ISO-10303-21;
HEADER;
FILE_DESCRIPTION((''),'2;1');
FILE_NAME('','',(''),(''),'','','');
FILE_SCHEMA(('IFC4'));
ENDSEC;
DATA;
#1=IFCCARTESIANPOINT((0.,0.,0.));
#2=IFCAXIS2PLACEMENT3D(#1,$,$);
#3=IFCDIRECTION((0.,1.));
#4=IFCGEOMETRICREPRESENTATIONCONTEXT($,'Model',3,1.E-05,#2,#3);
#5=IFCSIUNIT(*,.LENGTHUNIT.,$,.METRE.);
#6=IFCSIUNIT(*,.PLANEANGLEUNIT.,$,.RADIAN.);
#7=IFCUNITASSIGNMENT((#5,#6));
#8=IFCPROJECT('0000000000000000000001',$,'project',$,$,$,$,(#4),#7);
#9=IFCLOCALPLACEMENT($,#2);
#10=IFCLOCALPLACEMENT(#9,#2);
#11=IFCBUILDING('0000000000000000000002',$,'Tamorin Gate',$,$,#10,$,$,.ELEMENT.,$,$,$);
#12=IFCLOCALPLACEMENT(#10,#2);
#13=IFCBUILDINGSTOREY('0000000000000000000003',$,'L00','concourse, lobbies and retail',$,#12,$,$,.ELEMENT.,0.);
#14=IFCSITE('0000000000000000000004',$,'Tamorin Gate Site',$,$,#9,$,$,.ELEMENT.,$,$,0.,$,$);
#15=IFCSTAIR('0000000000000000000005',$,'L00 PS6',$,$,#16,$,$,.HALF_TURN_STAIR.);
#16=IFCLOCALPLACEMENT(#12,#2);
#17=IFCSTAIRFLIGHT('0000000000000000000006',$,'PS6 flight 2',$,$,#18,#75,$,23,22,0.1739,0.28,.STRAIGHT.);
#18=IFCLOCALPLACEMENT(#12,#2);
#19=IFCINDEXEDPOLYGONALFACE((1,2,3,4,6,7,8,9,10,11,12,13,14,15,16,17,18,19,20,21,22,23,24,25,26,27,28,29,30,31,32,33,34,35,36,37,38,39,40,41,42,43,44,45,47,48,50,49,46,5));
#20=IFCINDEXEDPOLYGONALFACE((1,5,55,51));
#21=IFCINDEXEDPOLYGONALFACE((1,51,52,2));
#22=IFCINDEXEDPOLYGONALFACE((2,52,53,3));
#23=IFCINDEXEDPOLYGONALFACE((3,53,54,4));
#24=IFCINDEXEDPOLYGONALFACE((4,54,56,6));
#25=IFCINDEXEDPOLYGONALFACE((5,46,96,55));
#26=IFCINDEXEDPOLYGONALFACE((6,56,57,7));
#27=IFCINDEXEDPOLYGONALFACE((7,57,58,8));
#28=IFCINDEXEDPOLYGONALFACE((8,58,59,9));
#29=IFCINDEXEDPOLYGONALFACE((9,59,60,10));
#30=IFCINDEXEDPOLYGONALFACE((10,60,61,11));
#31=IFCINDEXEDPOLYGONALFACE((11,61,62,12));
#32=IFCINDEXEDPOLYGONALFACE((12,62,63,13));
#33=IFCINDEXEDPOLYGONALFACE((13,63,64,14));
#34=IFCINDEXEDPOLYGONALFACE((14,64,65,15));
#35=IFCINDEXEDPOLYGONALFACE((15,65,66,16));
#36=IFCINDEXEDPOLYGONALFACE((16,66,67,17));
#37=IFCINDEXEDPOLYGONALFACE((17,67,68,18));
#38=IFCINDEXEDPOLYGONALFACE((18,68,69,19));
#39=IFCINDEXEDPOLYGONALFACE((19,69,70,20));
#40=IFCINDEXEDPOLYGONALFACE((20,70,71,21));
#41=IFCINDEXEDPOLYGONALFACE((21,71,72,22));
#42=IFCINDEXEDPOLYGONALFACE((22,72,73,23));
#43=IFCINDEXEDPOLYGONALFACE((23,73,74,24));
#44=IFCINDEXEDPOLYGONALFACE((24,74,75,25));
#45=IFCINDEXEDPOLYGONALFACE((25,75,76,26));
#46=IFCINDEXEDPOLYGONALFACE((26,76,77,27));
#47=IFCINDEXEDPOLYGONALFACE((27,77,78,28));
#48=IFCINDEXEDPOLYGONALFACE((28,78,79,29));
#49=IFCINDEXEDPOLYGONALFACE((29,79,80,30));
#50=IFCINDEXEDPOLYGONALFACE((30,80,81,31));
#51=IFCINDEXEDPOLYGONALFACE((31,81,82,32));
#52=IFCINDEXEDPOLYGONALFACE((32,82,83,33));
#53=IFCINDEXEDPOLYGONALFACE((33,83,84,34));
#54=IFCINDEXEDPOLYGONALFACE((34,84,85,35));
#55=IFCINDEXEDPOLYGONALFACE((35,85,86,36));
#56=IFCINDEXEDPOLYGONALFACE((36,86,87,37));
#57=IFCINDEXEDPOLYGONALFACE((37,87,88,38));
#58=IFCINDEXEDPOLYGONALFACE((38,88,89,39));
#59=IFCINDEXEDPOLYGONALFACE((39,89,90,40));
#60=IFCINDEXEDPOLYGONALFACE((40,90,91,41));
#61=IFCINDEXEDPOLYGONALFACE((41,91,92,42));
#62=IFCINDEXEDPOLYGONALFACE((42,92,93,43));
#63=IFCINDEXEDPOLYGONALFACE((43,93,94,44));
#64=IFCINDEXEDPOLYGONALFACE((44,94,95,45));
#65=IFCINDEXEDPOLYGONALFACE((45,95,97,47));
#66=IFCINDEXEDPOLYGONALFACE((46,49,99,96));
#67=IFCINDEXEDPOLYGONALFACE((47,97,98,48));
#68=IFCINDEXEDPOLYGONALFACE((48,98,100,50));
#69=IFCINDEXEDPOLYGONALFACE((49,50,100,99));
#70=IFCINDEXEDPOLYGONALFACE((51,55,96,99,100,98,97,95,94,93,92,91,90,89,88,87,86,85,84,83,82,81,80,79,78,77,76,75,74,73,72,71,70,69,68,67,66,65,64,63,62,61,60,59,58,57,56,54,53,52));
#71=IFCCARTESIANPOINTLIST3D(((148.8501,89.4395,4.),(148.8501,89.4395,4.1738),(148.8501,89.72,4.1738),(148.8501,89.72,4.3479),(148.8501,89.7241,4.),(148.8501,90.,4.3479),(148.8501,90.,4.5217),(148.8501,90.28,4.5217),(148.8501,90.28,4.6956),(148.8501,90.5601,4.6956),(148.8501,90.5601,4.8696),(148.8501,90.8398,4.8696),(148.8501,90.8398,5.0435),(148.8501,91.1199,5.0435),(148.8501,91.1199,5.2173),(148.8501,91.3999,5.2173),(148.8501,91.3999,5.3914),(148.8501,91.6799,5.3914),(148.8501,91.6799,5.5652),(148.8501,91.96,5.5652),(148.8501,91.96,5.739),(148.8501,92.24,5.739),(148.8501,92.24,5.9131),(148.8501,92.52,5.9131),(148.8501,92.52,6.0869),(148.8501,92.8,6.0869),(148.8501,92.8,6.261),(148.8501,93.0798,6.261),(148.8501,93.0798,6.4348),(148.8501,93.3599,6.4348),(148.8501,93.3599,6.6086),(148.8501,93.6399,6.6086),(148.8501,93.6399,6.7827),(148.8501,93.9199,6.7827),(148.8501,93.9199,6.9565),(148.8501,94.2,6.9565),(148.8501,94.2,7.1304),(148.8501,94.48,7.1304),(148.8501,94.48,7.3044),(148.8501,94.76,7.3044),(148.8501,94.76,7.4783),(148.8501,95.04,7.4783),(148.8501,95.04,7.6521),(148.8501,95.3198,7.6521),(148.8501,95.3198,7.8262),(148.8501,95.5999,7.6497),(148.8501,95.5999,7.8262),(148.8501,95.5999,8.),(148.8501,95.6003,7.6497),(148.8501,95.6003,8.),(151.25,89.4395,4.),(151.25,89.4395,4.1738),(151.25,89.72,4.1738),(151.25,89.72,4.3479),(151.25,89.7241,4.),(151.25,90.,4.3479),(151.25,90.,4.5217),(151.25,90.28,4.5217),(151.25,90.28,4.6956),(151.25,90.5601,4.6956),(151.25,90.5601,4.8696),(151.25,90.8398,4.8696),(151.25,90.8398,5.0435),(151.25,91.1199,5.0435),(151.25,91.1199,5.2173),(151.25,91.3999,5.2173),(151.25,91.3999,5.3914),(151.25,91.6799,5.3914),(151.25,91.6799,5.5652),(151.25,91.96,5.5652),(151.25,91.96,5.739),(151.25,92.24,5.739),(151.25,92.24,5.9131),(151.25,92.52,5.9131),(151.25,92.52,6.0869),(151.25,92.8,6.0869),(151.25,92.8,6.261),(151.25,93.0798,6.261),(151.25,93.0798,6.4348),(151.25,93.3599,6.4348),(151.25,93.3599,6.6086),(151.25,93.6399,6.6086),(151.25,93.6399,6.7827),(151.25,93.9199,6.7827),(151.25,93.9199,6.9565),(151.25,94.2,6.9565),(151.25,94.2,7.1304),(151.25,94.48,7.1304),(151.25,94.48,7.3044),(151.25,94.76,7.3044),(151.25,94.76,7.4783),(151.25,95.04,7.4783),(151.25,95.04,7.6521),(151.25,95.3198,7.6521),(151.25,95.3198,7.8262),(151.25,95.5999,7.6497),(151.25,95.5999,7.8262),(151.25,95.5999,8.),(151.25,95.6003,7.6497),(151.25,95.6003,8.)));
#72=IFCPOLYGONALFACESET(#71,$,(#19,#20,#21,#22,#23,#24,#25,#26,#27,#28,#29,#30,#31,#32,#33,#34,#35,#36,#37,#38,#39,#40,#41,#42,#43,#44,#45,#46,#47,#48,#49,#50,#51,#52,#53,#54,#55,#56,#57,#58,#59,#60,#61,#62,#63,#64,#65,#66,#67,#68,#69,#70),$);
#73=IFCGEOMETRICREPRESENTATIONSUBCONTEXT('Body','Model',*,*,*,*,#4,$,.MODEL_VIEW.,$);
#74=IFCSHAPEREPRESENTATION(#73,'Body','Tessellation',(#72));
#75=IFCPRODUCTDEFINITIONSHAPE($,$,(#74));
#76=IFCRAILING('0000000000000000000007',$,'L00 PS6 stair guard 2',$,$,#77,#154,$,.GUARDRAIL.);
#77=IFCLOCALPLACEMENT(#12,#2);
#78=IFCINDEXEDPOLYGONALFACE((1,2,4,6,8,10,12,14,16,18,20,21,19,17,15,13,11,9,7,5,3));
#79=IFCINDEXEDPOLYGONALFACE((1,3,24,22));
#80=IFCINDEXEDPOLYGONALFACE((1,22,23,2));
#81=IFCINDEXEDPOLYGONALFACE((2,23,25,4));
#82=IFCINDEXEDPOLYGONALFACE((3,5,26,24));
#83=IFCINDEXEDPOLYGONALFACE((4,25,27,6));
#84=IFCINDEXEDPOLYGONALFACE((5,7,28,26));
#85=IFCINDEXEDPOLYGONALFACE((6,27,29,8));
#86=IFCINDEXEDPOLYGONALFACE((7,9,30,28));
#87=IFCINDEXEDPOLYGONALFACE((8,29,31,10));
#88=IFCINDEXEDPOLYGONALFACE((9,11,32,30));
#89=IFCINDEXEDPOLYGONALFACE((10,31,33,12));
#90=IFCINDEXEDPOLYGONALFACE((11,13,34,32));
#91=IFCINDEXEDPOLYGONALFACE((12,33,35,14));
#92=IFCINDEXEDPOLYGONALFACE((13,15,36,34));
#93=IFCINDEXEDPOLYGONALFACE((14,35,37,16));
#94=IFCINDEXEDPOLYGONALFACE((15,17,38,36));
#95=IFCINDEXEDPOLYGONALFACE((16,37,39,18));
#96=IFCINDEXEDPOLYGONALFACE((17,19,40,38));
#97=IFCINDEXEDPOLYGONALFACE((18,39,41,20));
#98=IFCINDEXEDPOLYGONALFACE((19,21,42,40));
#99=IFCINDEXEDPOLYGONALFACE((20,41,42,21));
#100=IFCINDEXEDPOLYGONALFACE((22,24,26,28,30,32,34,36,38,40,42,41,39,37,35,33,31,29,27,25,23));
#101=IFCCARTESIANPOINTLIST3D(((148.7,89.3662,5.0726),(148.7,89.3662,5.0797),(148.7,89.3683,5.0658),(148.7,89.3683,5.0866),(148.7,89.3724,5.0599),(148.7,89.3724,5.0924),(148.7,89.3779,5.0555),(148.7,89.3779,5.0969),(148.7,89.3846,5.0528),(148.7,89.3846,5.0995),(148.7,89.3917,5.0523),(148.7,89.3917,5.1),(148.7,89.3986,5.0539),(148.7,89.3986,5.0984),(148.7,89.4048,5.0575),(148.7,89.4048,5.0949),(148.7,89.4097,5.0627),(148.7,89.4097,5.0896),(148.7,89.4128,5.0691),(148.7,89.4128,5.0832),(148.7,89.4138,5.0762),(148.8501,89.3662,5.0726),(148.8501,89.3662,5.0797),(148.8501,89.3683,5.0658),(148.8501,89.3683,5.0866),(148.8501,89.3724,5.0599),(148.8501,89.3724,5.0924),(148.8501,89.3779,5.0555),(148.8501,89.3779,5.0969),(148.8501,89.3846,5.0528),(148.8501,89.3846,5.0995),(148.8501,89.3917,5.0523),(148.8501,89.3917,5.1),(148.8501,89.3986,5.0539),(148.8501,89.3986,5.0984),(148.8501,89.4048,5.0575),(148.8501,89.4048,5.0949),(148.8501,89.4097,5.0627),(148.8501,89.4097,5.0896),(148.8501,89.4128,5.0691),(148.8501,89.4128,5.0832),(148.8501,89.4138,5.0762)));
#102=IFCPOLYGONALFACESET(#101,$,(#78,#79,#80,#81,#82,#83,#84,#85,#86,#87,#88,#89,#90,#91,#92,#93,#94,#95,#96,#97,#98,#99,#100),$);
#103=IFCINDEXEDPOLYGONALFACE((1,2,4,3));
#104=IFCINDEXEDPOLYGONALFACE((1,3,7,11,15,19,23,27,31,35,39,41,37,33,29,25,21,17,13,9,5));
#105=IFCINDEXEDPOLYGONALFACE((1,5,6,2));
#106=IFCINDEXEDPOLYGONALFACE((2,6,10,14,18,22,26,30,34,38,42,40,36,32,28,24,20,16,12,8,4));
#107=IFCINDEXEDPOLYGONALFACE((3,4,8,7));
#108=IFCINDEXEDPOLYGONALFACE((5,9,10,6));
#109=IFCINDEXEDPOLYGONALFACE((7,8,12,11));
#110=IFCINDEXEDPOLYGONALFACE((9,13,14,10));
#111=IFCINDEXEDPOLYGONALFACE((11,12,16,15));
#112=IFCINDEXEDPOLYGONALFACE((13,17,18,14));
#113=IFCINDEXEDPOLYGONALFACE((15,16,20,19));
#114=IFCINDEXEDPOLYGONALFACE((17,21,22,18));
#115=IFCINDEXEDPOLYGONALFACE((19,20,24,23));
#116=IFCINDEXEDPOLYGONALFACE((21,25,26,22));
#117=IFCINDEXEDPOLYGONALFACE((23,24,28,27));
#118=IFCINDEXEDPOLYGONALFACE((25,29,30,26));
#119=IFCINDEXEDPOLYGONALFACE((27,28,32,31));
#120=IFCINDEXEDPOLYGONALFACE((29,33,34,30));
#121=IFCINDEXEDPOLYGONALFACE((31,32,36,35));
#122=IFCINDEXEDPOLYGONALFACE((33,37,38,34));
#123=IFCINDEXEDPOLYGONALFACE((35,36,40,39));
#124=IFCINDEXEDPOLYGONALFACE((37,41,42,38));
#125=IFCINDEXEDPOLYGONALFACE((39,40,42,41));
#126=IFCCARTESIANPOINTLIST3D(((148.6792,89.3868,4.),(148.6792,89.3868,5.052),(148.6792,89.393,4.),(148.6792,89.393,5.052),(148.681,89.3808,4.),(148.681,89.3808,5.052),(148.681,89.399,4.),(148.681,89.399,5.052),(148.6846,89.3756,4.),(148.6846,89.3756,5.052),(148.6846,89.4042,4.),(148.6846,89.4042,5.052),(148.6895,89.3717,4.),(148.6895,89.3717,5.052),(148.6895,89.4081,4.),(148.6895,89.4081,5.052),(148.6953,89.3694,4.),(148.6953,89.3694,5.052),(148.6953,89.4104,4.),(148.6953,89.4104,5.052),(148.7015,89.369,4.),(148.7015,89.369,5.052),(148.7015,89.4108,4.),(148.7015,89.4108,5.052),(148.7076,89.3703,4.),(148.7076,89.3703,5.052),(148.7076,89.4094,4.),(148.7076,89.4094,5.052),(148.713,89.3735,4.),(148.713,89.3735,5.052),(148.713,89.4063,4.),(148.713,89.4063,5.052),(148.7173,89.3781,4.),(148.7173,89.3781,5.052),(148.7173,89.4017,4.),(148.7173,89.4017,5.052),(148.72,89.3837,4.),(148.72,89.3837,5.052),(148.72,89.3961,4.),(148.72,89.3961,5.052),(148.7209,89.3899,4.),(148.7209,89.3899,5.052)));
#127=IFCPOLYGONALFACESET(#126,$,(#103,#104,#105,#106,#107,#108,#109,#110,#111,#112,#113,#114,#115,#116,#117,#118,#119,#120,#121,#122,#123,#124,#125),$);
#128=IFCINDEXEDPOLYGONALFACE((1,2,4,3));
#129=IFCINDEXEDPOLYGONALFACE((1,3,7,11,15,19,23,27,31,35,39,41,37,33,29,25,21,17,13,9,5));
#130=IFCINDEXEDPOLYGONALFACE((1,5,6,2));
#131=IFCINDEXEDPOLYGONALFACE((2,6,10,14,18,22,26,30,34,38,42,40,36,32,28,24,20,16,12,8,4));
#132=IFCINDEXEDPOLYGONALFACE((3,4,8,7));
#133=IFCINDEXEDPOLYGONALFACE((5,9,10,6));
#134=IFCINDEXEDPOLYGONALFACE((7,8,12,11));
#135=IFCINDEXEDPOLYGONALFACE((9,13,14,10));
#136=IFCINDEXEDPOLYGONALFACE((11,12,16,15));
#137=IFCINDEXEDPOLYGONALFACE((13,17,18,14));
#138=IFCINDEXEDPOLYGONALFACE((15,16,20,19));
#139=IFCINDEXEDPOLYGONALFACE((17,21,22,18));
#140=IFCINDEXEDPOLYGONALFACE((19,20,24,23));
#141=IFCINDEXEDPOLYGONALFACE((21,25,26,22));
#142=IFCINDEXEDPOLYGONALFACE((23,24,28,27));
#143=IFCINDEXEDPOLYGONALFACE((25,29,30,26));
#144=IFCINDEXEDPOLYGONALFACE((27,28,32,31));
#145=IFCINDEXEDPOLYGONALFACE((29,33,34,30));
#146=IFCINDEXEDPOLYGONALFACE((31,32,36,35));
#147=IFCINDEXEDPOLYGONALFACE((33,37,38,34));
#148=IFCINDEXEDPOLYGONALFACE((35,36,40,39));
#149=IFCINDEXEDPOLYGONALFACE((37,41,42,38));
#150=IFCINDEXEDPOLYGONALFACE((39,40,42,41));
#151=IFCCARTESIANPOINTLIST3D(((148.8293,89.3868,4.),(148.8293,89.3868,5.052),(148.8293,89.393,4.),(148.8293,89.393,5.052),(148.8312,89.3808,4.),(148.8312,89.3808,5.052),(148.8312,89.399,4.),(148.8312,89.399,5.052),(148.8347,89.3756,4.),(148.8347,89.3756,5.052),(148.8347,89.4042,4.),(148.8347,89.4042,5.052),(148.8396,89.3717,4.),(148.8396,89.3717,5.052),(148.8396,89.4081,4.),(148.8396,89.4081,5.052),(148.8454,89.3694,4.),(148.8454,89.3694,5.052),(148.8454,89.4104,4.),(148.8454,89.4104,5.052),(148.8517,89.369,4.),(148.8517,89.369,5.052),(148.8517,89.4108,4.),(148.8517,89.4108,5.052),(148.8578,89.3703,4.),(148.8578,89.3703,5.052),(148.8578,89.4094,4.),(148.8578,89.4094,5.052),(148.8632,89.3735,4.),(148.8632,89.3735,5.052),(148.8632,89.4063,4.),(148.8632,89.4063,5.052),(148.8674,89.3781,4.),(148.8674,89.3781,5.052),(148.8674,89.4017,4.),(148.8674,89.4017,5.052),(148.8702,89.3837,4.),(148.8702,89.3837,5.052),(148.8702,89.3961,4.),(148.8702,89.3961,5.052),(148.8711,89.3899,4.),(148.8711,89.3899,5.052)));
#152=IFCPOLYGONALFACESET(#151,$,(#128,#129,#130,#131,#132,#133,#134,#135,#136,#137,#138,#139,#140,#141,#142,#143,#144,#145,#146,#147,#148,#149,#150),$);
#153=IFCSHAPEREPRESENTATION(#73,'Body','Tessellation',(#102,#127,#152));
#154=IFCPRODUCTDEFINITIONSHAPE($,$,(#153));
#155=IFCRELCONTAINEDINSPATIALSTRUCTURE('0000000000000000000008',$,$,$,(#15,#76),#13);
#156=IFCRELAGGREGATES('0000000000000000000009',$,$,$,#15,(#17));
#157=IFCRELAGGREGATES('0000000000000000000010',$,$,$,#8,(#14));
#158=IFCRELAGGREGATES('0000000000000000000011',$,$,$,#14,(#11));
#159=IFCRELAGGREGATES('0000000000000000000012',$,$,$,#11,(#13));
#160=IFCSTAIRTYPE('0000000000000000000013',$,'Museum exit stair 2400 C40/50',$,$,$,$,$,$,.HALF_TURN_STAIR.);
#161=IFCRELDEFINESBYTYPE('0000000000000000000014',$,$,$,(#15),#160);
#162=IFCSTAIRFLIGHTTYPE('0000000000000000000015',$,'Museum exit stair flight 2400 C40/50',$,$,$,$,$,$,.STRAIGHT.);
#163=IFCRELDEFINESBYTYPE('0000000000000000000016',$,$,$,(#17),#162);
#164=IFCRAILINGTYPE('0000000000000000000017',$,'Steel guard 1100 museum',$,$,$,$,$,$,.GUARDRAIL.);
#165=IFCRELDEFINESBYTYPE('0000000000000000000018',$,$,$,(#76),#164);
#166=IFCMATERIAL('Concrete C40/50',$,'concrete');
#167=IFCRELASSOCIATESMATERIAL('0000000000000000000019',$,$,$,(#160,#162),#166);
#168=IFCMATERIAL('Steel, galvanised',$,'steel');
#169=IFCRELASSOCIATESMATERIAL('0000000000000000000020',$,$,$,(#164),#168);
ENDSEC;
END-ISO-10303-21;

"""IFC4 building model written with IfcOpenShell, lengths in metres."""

from ifc_helpers import new_model, si_unit, direction, frame, origin, origin_2d, place, context, subcontext, project, spatial, polyline, circle, outline, extrude, material, type_object, element, aggregate, save


model = new_model("IFC4")

# Units and contexts
model_context = context("Model", 3, precision=1e-05, world=origin(), true_north=direction((0.0, 1.0)))
body_context = subcontext(model_context, "Body", "Model", "MODEL_VIEW")
ifc_project = project(units=[si_unit("LENGTHUNIT", "METRE"), si_unit("PLANEANGLEUNIT", "RADIAN")], contexts=[model_context])

# Site, building, storey
site_placement = place(None, origin())
site = spatial("IfcSite", under=ifc_project, at=site_placement, Name="Tamorin Gate Site", CompositionType="ELEMENT", RefElevation=0.0)
building_placement = place(site_placement, origin())
building = spatial("IfcBuilding", under=site, at=building_placement, Name="Tamorin Gate", CompositionType="ELEMENT")
storey_placement = place(building_placement, origin())
storey = spatial("IfcBuildingStorey", under=building, at=storey_placement, Name="L00", Description="concourse, lobbies and retail", CompositionType="ELEMENT", Elevation=0.0)

# Shared definitions
ifc_material_1 = material(Name="Concrete C40/50", Category="concrete")

# Stair, stair flight
stair_type = type_object("IfcStairType", Name="Museum exit stair 2400 C40/50", PredefinedType="HALF_TURN_STAIR", material=ifc_material_1)
stair_placement = place(storey_placement, origin())
stair = element("IfcStair", 1, at=stair_placement, inside=storey, type_object=stair_type, Name="L00 PS6", PredefinedType="HALF_TURN_STAIR")
stair_flight_type = type_object("IfcStairFlightType", Name="Museum exit stair flight 2400 C40/50", PredefinedType="STRAIGHT", material=ifc_material_1)
stair_flight_1_placement = place(storey_placement, frame((150.05, 89.4399, 4.0), z_axis=(0.0, 0.0, 1.0), x_axis=(0.0, 1.0, 0.0)))
stair_flight_1 = element("IfcStairFlight", 2, at=stair_flight_1_placement, type_object=stair_flight_type, Name="PS6 flight 2", NumberOfRisers=23, NumberOfTreads=22, PredefinedType="STRAIGHT", RiserHeight=0.1739, TreadLength=0.28, context=body_context, shape_type="SweptSolid", body=[
    extrude(outline(polyline([(-0.0005, 0.0), (-0.0005, 0.1738), (0.28, 0.1738), (0.28, 0.3479), (0.5601, 0.3479), (0.5601, 0.5217), (0.8401, 0.5217), (0.8401, 0.6956), (1.1201, 0.6956), (1.1201, 0.8696), (1.3999, 0.8696), (1.3999, 1.0435), (1.6799, 1.0435), (1.6799, 1.2173), (1.96, 1.2173), (1.96, 1.3914), (2.24, 1.3914), (2.24, 1.5652), (2.52, 1.5652), (2.52, 1.739), (2.8, 1.739), (2.8, 1.9131), (3.0801, 1.9131), (3.0801, 2.0869), (3.3601, 2.0869), (3.3601, 2.261), (3.6399, 2.261), (3.6399, 2.4348), (3.9199, 2.4348), (3.9199, 2.6086), (4.2, 2.6086), (4.2, 2.7827), (4.48, 2.7827), (4.48, 2.9565), (4.76, 2.9565), (4.76, 3.1304), (5.04, 3.1304), (5.04, 3.3044), (5.3201, 3.3044), (5.3201, 3.4783), (5.6001, 3.4783), (5.6001, 3.6521), (5.8799, 3.6521), (5.8799, 3.8262), (6.1599, 3.8262), (6.1599, 4.0), (6.1604, 4.0), (6.1604, 3.6497), (6.1599, 3.6497), (0.2842, 0.0), (-0.0005, 0.0)])), frame((0.0, 1.2, 0.0), z_axis=(0.0, -1.0, 0.0), x_axis=(1.0, 0.0, 0.0)), (0.0, 0.0, 1.0), 2.3999),
])
aggregate(stair, [stair_flight_1])

# Railing
ifc_material_2 = material(Name="Steel, galvanised", Category="steel")
railing_type_1 = type_object("IfcRailingType", Name="Steel guard 1100 museum", PredefinedType="GUARDRAIL", material=ifc_material_2)
railing_1_placement = place(storey_placement, frame((148.7, 89.3899, 4.0)))
element("IfcRailing", 3, at=railing_1_placement, inside=storey, type_object=railing_type_1, Name="L00 PS6 stair guard 2", PredefinedType="GUARDRAIL", context=body_context, shape_type="SweptSolid", body=[
    extrude(circle(Radius=0.0239, at=origin_2d()), frame((0.0, 0.0, 1.0762), z_axis=(1.0, 0.0, 0.0), x_axis=(0.0, 1.0, 0.0)), (0.0, 0.0, 1.0), 0.1501),
    extrude(circle(Radius=0.021, at=origin_2d()), origin(), (0.0, 0.0, 1.0), 1.052),
    extrude(circle(Radius=0.021, at=origin_2d()), frame((0.1501, 0.0, 0.0)), (0.0, 0.0, 1.0), 1.052),
])

save(model, "model.ifc")
